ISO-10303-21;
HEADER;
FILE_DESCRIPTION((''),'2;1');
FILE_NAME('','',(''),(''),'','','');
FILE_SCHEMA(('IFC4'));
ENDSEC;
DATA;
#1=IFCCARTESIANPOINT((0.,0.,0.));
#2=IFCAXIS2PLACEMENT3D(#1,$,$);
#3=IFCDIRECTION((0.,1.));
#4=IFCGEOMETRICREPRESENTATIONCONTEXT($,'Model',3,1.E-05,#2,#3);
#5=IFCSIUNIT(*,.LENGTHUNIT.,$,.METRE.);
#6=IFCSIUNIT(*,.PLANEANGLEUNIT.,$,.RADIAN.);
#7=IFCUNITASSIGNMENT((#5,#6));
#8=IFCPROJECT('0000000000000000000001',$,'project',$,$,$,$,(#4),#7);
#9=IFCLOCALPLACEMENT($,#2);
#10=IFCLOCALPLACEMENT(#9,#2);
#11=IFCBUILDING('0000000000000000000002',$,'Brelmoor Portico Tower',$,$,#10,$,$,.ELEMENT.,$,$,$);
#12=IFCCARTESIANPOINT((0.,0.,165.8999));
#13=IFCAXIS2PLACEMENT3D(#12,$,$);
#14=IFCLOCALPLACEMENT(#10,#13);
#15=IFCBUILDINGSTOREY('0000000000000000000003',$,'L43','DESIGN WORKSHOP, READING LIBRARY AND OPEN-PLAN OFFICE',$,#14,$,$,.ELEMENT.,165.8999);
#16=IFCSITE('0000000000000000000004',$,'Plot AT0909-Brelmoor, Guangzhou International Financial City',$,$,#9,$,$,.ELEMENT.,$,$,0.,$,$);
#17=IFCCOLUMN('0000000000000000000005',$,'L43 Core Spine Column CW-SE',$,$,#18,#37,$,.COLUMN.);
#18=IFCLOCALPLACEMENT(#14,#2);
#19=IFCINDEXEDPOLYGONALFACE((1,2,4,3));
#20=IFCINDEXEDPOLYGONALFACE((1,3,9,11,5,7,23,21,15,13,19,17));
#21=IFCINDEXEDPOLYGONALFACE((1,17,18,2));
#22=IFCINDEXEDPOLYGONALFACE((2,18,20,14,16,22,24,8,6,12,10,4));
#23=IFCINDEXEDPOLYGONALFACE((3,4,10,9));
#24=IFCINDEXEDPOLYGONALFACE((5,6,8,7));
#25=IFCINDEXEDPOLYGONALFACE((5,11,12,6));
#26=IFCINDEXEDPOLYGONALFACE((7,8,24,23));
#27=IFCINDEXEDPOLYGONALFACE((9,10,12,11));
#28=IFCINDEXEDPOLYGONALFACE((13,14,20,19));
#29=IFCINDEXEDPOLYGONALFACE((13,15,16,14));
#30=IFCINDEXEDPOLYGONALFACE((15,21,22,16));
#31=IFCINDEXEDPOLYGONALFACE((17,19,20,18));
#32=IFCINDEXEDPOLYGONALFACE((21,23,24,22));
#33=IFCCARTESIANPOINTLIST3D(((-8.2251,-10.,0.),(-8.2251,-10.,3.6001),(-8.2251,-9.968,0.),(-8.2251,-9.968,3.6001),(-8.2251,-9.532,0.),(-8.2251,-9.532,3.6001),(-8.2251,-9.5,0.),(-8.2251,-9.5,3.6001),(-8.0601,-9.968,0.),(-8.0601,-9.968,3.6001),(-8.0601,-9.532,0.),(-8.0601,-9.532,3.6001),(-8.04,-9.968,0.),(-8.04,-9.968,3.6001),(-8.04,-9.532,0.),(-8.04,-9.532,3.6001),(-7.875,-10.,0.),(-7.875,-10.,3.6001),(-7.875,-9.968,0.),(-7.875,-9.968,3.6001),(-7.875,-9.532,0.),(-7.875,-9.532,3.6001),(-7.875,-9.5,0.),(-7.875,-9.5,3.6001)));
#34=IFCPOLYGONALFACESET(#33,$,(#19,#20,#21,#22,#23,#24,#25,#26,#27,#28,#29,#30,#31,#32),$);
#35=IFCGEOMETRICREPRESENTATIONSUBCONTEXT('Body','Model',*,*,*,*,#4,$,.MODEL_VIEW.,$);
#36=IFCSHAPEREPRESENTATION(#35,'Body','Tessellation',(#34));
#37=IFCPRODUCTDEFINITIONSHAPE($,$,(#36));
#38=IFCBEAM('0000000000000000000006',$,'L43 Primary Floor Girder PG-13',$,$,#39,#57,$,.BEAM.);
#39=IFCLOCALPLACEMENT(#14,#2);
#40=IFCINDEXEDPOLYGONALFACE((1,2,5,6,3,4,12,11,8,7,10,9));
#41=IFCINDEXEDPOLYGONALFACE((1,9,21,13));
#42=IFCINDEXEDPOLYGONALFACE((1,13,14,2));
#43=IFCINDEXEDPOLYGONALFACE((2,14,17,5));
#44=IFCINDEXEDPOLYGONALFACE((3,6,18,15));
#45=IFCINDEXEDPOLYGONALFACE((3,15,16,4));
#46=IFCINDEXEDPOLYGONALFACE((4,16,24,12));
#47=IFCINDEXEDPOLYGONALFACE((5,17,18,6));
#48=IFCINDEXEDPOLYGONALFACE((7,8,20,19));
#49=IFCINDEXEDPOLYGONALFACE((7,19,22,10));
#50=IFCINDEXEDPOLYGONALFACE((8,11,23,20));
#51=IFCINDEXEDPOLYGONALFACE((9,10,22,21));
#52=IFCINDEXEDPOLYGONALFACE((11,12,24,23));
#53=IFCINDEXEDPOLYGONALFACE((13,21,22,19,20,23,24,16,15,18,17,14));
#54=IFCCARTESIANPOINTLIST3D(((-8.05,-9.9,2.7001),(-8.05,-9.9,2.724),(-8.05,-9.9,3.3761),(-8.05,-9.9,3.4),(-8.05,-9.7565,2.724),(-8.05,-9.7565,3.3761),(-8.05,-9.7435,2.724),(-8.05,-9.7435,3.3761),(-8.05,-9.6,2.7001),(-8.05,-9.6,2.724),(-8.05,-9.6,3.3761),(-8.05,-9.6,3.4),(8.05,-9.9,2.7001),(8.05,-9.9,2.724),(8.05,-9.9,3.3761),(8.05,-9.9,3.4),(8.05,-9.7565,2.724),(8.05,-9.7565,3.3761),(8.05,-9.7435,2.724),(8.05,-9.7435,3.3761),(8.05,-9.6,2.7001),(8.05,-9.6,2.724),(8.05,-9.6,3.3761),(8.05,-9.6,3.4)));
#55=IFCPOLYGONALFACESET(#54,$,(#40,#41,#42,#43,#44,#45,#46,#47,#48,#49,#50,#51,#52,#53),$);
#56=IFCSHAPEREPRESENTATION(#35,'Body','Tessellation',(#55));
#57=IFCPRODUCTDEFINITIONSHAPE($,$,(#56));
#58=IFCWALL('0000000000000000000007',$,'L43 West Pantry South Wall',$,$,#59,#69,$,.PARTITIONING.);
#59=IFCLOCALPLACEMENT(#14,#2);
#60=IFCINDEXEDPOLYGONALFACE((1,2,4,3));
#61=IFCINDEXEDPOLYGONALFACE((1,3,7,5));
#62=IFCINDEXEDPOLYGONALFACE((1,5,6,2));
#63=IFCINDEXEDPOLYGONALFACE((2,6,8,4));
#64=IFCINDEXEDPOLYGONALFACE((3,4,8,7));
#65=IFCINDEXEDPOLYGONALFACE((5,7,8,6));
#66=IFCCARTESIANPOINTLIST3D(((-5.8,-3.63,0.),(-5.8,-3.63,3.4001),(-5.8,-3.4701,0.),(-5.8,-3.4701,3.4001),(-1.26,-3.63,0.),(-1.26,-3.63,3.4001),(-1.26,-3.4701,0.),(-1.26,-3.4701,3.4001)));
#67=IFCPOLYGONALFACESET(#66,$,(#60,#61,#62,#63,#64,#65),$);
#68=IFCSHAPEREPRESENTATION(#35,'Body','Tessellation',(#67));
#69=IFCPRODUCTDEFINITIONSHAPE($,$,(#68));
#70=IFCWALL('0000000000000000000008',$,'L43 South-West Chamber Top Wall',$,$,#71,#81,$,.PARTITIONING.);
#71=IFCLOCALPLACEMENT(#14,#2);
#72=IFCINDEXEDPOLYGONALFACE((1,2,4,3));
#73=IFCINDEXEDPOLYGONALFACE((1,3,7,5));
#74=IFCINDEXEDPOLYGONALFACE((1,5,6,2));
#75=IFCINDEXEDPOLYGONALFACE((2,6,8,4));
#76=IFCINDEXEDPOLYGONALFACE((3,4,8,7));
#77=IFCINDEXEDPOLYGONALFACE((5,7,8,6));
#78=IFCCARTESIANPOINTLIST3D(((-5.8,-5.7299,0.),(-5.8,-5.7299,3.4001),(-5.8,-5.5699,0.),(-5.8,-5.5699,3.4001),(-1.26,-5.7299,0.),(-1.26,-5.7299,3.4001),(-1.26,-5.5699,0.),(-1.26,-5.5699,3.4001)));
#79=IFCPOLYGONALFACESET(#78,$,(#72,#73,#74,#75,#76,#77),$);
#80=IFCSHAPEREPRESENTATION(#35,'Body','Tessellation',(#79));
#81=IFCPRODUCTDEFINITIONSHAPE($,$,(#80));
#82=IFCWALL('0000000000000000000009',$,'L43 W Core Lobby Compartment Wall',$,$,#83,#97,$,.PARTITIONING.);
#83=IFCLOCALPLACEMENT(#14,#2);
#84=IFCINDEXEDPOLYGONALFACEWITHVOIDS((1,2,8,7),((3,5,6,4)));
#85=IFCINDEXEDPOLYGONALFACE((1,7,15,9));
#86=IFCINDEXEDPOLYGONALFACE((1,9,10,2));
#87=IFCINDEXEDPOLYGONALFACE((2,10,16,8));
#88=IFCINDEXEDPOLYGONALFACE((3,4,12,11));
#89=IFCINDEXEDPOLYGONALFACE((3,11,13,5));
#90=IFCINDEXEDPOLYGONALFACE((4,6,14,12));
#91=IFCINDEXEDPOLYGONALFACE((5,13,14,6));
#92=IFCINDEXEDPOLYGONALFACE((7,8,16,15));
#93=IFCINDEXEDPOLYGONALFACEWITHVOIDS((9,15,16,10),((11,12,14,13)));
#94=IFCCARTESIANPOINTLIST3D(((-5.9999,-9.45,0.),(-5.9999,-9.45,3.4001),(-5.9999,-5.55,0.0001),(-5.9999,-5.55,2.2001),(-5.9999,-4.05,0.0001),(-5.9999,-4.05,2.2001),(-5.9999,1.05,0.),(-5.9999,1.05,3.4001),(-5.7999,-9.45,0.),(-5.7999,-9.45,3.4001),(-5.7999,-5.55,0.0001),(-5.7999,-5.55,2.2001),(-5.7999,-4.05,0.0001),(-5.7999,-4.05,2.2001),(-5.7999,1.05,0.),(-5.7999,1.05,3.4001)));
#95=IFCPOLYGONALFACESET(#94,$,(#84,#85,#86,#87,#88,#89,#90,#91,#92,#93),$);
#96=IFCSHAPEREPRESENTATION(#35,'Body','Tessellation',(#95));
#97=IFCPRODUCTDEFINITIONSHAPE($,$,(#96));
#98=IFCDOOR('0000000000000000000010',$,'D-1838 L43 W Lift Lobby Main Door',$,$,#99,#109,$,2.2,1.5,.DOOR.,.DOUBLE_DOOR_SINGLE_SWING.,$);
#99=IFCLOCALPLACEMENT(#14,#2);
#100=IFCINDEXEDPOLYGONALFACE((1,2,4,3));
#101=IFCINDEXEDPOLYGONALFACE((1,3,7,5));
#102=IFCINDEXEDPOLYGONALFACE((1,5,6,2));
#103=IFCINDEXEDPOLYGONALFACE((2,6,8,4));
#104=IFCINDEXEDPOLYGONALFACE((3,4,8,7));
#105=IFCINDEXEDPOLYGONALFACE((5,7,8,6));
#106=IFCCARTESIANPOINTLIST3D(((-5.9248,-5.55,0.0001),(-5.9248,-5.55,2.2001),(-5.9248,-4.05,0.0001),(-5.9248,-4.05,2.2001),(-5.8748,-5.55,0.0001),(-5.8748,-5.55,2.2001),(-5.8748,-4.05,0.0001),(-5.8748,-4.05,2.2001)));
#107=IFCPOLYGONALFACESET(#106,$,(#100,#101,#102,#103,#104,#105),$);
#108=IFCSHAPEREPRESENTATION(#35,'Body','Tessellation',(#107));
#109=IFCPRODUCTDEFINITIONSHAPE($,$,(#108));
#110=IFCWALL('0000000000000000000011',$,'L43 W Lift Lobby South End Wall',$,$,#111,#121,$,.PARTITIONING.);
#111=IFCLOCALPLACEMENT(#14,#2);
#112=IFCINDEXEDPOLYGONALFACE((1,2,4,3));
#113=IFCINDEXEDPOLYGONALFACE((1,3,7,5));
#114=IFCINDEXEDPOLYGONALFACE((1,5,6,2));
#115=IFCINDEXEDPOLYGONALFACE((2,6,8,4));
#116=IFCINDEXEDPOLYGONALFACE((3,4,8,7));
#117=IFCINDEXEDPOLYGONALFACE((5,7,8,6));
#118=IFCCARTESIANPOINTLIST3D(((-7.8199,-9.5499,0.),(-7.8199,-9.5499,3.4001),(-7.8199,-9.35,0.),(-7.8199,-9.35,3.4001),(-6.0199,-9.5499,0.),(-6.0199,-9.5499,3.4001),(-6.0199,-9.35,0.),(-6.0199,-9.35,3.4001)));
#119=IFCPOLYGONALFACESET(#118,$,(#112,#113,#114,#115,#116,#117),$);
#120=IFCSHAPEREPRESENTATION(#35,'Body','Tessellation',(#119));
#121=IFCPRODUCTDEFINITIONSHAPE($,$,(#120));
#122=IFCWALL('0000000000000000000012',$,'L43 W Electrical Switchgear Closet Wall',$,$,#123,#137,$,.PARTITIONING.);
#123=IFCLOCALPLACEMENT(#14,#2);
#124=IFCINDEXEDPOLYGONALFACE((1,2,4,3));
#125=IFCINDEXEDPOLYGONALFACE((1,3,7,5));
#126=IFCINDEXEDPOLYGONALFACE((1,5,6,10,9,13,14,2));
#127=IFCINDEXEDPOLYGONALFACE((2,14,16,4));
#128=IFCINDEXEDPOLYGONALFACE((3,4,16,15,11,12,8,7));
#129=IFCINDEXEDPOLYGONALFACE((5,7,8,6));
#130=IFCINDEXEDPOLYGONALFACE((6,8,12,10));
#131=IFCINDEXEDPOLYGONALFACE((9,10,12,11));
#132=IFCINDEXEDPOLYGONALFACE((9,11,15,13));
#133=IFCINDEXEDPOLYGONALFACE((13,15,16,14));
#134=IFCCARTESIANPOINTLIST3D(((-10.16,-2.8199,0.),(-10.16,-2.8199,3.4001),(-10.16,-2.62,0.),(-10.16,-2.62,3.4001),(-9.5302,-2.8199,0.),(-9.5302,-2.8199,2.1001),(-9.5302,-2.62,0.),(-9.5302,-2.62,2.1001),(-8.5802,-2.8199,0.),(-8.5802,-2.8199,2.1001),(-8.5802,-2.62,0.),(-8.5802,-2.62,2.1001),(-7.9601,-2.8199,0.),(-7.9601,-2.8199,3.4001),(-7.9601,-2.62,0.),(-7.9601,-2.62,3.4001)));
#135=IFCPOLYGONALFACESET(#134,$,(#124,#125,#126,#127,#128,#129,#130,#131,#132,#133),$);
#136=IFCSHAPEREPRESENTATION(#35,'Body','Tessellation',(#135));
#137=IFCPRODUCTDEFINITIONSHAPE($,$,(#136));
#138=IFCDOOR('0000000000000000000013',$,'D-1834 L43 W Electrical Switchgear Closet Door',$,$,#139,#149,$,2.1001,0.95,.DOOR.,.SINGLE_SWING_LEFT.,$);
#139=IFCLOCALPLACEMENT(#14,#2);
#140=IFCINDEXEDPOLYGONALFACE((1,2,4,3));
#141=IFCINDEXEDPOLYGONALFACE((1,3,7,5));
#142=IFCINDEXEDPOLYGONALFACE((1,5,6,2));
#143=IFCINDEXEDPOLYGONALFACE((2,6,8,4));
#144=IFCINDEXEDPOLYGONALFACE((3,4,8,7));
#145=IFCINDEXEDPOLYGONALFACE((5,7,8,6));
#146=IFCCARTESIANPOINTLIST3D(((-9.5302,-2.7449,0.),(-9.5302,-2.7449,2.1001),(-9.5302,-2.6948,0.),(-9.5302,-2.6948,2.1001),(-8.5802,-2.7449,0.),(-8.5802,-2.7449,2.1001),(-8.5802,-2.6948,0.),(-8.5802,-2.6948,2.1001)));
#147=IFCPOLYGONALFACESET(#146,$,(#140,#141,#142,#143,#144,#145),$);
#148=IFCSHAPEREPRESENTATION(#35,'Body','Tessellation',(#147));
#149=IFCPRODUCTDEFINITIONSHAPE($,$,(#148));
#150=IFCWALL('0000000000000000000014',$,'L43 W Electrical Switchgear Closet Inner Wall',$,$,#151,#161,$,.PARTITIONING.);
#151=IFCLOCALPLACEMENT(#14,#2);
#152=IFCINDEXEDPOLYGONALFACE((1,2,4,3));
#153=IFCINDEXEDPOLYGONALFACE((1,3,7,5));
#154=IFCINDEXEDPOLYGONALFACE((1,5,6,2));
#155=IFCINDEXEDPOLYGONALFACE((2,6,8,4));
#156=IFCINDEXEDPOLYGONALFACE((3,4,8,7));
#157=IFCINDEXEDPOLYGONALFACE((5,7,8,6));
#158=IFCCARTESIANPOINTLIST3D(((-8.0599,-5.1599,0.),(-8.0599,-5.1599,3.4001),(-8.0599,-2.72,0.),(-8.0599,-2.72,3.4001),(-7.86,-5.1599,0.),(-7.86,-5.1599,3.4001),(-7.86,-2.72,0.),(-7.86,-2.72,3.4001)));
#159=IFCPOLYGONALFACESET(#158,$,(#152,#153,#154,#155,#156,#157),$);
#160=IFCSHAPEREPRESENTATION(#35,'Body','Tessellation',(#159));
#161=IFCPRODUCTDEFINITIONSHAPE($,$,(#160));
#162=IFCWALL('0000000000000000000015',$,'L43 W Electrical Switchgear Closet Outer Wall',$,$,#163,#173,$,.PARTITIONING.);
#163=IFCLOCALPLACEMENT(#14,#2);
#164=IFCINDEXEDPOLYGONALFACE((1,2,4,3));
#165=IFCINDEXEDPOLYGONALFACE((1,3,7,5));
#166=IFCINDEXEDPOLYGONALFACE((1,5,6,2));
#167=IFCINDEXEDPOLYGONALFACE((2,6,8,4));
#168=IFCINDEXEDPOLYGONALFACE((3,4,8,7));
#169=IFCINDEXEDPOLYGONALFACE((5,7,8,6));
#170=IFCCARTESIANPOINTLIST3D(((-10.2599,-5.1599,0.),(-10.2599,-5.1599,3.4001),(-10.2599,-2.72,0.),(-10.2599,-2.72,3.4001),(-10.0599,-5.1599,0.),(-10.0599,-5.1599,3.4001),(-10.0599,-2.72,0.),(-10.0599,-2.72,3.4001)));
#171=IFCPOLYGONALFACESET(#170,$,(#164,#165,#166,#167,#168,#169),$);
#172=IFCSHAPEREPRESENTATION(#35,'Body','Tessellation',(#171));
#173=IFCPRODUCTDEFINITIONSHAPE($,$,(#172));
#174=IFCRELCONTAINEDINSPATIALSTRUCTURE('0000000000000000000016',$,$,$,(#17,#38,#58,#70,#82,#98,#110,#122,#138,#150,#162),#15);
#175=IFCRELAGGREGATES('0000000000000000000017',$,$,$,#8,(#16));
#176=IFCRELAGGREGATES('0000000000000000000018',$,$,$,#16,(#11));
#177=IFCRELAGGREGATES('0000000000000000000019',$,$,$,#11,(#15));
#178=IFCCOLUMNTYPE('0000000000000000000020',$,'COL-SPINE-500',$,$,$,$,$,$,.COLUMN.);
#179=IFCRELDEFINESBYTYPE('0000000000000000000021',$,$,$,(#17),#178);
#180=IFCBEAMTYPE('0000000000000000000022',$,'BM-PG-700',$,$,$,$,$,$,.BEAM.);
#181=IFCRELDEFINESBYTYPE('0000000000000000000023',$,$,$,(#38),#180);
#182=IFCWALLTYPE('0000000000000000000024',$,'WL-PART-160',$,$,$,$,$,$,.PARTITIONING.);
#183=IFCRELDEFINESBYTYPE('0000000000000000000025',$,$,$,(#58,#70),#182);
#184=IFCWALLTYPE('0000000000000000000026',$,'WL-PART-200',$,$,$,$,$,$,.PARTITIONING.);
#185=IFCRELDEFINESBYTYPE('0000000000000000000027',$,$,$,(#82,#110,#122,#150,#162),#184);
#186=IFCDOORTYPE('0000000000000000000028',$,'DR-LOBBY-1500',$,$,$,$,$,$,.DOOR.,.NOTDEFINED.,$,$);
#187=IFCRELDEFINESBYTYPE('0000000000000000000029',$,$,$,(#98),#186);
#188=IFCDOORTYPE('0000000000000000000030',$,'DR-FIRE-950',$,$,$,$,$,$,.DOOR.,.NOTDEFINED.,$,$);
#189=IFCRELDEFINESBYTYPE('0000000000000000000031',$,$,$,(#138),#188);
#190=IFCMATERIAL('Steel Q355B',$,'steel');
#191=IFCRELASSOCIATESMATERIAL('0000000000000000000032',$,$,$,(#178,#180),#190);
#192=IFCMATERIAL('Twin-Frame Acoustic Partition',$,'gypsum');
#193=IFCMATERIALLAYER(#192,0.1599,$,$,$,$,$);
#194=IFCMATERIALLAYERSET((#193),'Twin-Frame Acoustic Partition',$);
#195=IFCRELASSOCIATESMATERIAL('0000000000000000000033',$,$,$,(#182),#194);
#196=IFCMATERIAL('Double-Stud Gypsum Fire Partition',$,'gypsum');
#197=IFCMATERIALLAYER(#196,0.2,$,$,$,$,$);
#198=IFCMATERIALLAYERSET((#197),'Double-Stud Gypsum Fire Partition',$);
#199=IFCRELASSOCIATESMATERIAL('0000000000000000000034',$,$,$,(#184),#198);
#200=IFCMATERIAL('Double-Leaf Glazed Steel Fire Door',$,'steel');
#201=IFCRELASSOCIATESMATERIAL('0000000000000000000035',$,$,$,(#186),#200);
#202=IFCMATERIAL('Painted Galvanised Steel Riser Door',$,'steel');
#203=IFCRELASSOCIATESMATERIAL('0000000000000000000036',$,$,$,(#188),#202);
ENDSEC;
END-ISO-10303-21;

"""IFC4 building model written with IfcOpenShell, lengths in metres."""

from ifc_helpers import new_model, si_unit, direction, frame, frame_2d, origin, origin_2d, place, context, subcontext, project, spatial, rectangle, i_section, extrude, material, layer, layer_set, material_profile, profile_set, type_object, element, fill, save


model = new_model("IFC4")

# Units and contexts
model_context = context("Model", 3, precision=1e-05, world=origin(), true_north=direction((0.0, 1.0)))
body_context = subcontext(model_context, "Body", "Model", "MODEL_VIEW")
ifc_project = project(units=[si_unit("LENGTHUNIT", "METRE"), si_unit("PLANEANGLEUNIT", "RADIAN")], contexts=[model_context])

# Site, building, storey
site_placement = place(None, origin())
site = spatial("IfcSite", under=ifc_project, at=site_placement, Name="Plot AT0909-Brelmoor, Guangzhou International Financial City", CompositionType="ELEMENT", RefElevation=0.0)
building_placement = place(site_placement, origin())
building = spatial("IfcBuilding", under=site, at=building_placement, Name="Brelmoor Portico Tower", CompositionType="ELEMENT")
storey_placement = place(building_placement, frame((0.0, 0.0, 165.8999)))
storey = spatial("IfcBuildingStorey", under=building, at=storey_placement, Name="L43", Description="DESIGN WORKSHOP, READING LIBRARY AND OPEN-PLAN OFFICE", CompositionType="ELEMENT", Elevation=165.8999)

# Column
ifc_material_1 = material(Name="Steel Q355B", Category="steel")
ifc_material_profile_1 = material_profile(ifc_material_1, i_section(OverallWidth=0.3501, OverallDepth=0.5, WebThickness=0.02, FlangeThickness=0.032, at=origin_2d()), Name="HW 500x350x20x32")
ifc_profile_set_1 = profile_set([ifc_material_profile_1], Name="Steel Q355B")
column_type = type_object("IfcColumnType", Name="COL-SPINE-500", PredefinedType="COLUMN", material=ifc_profile_set_1)
column_placement = place(storey_placement, frame((-8.05, -9.75, 0.0), z_axis=(0.0, 0.0, 1.0), x_axis=(1.0, 0.0, 0.0)))
element("IfcColumn", 1, at=column_placement, inside=storey, type_object=column_type, Name="L43 Core Spine Column CW-SE", PredefinedType="COLUMN", context=body_context, shape_type="SweptSolid", body=[
    extrude(i_section(OverallWidth=0.3501, OverallDepth=0.5, WebThickness=0.02, FlangeThickness=0.032, at=origin_2d()), origin(), (0.0, 0.0, 1.0), 3.6001),
])

# Beam
ifc_material_profile_2 = material_profile(ifc_material_1, i_section(OverallWidth=0.3, OverallDepth=0.7, WebThickness=0.0129, FlangeThickness=0.0239, at=origin_2d()), Name="HN 700x300x13x24")
ifc_profile_set_2 = profile_set([ifc_material_profile_2], Name="Steel Q355B")
beam_type = type_object("IfcBeamType", Name="BM-PG-700", PredefinedType="BEAM", material=ifc_profile_set_2)
beam_placement = place(storey_placement, frame((-8.05, -9.75, 3.05), z_axis=(1.0, 0.0, 0.0), x_axis=(0.0, 1.0, 0.0)))
element("IfcBeam", 2, at=beam_placement, inside=storey, type_object=beam_type, Name="L43 Primary Floor Girder PG-13", PredefinedType="BEAM", context=body_context, shape_type="SweptSolid", body=[
    extrude(i_section(OverallWidth=0.3, OverallDepth=0.7, WebThickness=0.0129, FlangeThickness=0.0239, at=origin_2d()), origin(), (0.0, 0.0, 1.0), 16.1001),
])

# Walls
ifc_material_2 = material(Name="Twin-Frame Acoustic Partition", Category="gypsum")
ifc_layer_1 = layer(ifc_material_2, 0.1599)
ifc_layer_set_1 = layer_set([ifc_layer_1], Name="Twin-Frame Acoustic Partition")
wall_type_1 = type_object("IfcWallType", Name="WL-PART-160", PredefinedType="PARTITIONING", material=ifc_layer_set_1)
for number, where, z_axis, x_axis, name in (
    (3, (-5.8, -3.55, 0.0), (0.0, 0.0, 1.0), (1.0, 0.0, 0.0), "L43 West Pantry South Wall"),
    (4, (-5.8, -5.6499, 0.0), (0.0, 0.0, 1.0), (1.0, 0.0, 0.0), "L43 South-West Chamber Top Wall"),
):
    element("IfcWall", number, at=place(storey_placement, frame(where, z_axis=z_axis, x_axis=x_axis)), inside=storey, type_object=wall_type_1, Name=name, PredefinedType="PARTITIONING", context=body_context, shape_type="SweptSolid", body=[
        extrude(rectangle(XDim=4.54, YDim=0.1599, at=frame_2d((2.27, 0.0))), origin(), (0.0, 0.0, 1.0), 3.4001),
    ])

# Wall, opening, door
ifc_material_3 = material(Name="Double-Stud Gypsum Fire Partition", Category="gypsum")
ifc_layer_2 = layer(ifc_material_3, 0.2)
ifc_layer_set_2 = layer_set([ifc_layer_2], Name="Double-Stud Gypsum Fire Partition")
wall_type_2 = type_object("IfcWallType", Name="WL-PART-200", PredefinedType="PARTITIONING", material=ifc_layer_set_2)
wall_1_placement = place(storey_placement, frame((-5.8999, -9.45, 0.0), z_axis=(0.0, 0.0, 1.0), x_axis=(0.0, 1.0, 0.0)))
wall_1 = element("IfcWall", 5, at=wall_1_placement, inside=storey, type_object=wall_type_2, Name="L43 W Core Lobby Compartment Wall", PredefinedType="PARTITIONING", context=body_context, shape_type="SweptSolid", body=[
    extrude(rectangle(XDim=10.5, YDim=0.2, at=frame_2d((5.25, 0.0))), origin(), (0.0, 0.0, 1.0), 3.4001),
])
opening_1_placement = place(wall_1_placement, frame((3.8999, 0.0, 0.0)))
opening_1 = element("IfcOpeningElement", 6, at=opening_1_placement, cuts=wall_1, PredefinedType="OPENING", context=body_context, shape_type="SweptSolid", body=[
    extrude(rectangle(XDim=1.5, YDim=2.2, at=frame_2d((0.75, 1.1001))), frame((0.0, 0.1099, 0.0), z_axis=(0.0, -1.0, 0.0), x_axis=(1.0, 0.0, 0.0)), (0.0, 0.0, 1.0), 0.22),
])
ifc_material_4 = material(Name="Double-Leaf Glazed Steel Fire Door", Category="steel")
door_type_1 = type_object("IfcDoorType", Name="DR-LOBBY-1500", OperationType="NOTDEFINED", PredefinedType="DOOR", material=ifc_material_4)
door_1_placement = place(opening_1_placement, origin())
door_1 = element("IfcDoor", 7, at=door_1_placement, inside=storey, type_object=door_type_1, Name="D-1838 L43 W Lift Lobby Main Door", OperationType="DOUBLE_DOOR_SINGLE_SWING", OverallHeight=2.2, OverallWidth=1.5, PredefinedType="DOOR", context=body_context, shape_type="SweptSolid", body=[
    extrude(rectangle(XDim=1.5, YDim=2.2, at=frame_2d((0.75, 1.1001))), frame((0.0, 0.0249, 0.0), z_axis=(0.0, -1.0, 0.0), x_axis=(1.0, 0.0, 0.0)), (0.0, 0.0, 1.0), 0.05),
])
fill(opening_1, door_1)

# Wall
wall_2_placement = place(storey_placement, frame((-6.02, -9.45, 0.0), z_axis=(0.0, 0.0, 1.0), x_axis=(-1.0, 0.0, 0.0)))
element("IfcWall", 8, at=wall_2_placement, inside=storey, type_object=wall_type_2, Name="L43 W Lift Lobby South End Wall", PredefinedType="PARTITIONING", context=body_context, shape_type="SweptSolid", body=[
    extrude(rectangle(XDim=1.8, YDim=0.2, at=frame_2d((0.8999, 0.0))), origin(), (0.0, 0.0, 1.0), 3.4001),
])

# Wall, opening, door
wall_3_placement = place(storey_placement, frame((-7.96, -2.72, 0.0), z_axis=(0.0, 0.0, 1.0), x_axis=(-1.0, 0.0, 0.0)))
wall_3 = element("IfcWall", 9, at=wall_3_placement, inside=storey, type_object=wall_type_2, Name="L43 W Electrical Switchgear Closet Wall", PredefinedType="PARTITIONING", context=body_context, shape_type="SweptSolid", body=[
    extrude(rectangle(XDim=2.2, YDim=0.2, at=frame_2d((1.1001, 0.0))), origin(), (0.0, 0.0, 1.0), 3.4001),
])
opening_2_placement = place(wall_3_placement, frame((0.6201, 0.0, 0.0)))
opening_2 = element("IfcOpeningElement", 10, at=opening_2_placement, cuts=wall_3, PredefinedType="OPENING", context=body_context, shape_type="SweptSolid", body=[
    extrude(rectangle(XDim=0.95, YDim=2.1001, at=frame_2d((0.4751, 1.05))), frame((0.0, 0.1099, 0.0), z_axis=(0.0, -1.0, 0.0), x_axis=(1.0, 0.0, 0.0)), (0.0, 0.0, 1.0), 0.22),
])
ifc_material_5 = material(Name="Painted Galvanised Steel Riser Door", Category="steel")
door_type_2 = type_object("IfcDoorType", Name="DR-FIRE-950", OperationType="NOTDEFINED", PredefinedType="DOOR", material=ifc_material_5)
door_2_placement = place(opening_2_placement, origin())
door_2 = element("IfcDoor", 11, at=door_2_placement, inside=storey, type_object=door_type_2, Name="D-1834 L43 W Electrical Switchgear Closet Door", OperationType="SINGLE_SWING_LEFT", OverallHeight=2.1001, OverallWidth=0.95, PredefinedType="DOOR", context=body_context, shape_type="SweptSolid", body=[
    extrude(rectangle(XDim=0.95, YDim=2.1001, at=frame_2d((0.4751, 1.05))), frame((0.0, 0.0249, 0.0), z_axis=(0.0, -1.0, 0.0), x_axis=(1.0, 0.0, 0.0)), (0.0, 0.0, 1.0), 0.05),
])
fill(opening_2, door_2)

# Walls
for number, where, z_axis, x_axis, name in (
    (12, (-7.96, -5.1599, 0.0), (0.0, 0.0, 1.0), (0.0, 1.0, 0.0), "L43 W Electrical Switchgear Closet Inner Wall"),
    (13, (-10.1599, -5.1599, 0.0), (0.0, 0.0, 1.0), (0.0, 1.0, 0.0), "L43 W Electrical Switchgear Closet Outer Wall"),
):
    element("IfcWall", number, at=place(storey_placement, frame(where, z_axis=z_axis, x_axis=x_axis)), inside=storey, type_object=wall_type_2, Name=name, PredefinedType="PARTITIONING", context=body_context, shape_type="SweptSolid", body=[
        extrude(rectangle(XDim=2.4399, YDim=0.2, at=frame_2d((1.22, 0.0))), origin(), (0.0, 0.0, 1.0), 3.4001),
    ])

save(model, "model.ifc")
